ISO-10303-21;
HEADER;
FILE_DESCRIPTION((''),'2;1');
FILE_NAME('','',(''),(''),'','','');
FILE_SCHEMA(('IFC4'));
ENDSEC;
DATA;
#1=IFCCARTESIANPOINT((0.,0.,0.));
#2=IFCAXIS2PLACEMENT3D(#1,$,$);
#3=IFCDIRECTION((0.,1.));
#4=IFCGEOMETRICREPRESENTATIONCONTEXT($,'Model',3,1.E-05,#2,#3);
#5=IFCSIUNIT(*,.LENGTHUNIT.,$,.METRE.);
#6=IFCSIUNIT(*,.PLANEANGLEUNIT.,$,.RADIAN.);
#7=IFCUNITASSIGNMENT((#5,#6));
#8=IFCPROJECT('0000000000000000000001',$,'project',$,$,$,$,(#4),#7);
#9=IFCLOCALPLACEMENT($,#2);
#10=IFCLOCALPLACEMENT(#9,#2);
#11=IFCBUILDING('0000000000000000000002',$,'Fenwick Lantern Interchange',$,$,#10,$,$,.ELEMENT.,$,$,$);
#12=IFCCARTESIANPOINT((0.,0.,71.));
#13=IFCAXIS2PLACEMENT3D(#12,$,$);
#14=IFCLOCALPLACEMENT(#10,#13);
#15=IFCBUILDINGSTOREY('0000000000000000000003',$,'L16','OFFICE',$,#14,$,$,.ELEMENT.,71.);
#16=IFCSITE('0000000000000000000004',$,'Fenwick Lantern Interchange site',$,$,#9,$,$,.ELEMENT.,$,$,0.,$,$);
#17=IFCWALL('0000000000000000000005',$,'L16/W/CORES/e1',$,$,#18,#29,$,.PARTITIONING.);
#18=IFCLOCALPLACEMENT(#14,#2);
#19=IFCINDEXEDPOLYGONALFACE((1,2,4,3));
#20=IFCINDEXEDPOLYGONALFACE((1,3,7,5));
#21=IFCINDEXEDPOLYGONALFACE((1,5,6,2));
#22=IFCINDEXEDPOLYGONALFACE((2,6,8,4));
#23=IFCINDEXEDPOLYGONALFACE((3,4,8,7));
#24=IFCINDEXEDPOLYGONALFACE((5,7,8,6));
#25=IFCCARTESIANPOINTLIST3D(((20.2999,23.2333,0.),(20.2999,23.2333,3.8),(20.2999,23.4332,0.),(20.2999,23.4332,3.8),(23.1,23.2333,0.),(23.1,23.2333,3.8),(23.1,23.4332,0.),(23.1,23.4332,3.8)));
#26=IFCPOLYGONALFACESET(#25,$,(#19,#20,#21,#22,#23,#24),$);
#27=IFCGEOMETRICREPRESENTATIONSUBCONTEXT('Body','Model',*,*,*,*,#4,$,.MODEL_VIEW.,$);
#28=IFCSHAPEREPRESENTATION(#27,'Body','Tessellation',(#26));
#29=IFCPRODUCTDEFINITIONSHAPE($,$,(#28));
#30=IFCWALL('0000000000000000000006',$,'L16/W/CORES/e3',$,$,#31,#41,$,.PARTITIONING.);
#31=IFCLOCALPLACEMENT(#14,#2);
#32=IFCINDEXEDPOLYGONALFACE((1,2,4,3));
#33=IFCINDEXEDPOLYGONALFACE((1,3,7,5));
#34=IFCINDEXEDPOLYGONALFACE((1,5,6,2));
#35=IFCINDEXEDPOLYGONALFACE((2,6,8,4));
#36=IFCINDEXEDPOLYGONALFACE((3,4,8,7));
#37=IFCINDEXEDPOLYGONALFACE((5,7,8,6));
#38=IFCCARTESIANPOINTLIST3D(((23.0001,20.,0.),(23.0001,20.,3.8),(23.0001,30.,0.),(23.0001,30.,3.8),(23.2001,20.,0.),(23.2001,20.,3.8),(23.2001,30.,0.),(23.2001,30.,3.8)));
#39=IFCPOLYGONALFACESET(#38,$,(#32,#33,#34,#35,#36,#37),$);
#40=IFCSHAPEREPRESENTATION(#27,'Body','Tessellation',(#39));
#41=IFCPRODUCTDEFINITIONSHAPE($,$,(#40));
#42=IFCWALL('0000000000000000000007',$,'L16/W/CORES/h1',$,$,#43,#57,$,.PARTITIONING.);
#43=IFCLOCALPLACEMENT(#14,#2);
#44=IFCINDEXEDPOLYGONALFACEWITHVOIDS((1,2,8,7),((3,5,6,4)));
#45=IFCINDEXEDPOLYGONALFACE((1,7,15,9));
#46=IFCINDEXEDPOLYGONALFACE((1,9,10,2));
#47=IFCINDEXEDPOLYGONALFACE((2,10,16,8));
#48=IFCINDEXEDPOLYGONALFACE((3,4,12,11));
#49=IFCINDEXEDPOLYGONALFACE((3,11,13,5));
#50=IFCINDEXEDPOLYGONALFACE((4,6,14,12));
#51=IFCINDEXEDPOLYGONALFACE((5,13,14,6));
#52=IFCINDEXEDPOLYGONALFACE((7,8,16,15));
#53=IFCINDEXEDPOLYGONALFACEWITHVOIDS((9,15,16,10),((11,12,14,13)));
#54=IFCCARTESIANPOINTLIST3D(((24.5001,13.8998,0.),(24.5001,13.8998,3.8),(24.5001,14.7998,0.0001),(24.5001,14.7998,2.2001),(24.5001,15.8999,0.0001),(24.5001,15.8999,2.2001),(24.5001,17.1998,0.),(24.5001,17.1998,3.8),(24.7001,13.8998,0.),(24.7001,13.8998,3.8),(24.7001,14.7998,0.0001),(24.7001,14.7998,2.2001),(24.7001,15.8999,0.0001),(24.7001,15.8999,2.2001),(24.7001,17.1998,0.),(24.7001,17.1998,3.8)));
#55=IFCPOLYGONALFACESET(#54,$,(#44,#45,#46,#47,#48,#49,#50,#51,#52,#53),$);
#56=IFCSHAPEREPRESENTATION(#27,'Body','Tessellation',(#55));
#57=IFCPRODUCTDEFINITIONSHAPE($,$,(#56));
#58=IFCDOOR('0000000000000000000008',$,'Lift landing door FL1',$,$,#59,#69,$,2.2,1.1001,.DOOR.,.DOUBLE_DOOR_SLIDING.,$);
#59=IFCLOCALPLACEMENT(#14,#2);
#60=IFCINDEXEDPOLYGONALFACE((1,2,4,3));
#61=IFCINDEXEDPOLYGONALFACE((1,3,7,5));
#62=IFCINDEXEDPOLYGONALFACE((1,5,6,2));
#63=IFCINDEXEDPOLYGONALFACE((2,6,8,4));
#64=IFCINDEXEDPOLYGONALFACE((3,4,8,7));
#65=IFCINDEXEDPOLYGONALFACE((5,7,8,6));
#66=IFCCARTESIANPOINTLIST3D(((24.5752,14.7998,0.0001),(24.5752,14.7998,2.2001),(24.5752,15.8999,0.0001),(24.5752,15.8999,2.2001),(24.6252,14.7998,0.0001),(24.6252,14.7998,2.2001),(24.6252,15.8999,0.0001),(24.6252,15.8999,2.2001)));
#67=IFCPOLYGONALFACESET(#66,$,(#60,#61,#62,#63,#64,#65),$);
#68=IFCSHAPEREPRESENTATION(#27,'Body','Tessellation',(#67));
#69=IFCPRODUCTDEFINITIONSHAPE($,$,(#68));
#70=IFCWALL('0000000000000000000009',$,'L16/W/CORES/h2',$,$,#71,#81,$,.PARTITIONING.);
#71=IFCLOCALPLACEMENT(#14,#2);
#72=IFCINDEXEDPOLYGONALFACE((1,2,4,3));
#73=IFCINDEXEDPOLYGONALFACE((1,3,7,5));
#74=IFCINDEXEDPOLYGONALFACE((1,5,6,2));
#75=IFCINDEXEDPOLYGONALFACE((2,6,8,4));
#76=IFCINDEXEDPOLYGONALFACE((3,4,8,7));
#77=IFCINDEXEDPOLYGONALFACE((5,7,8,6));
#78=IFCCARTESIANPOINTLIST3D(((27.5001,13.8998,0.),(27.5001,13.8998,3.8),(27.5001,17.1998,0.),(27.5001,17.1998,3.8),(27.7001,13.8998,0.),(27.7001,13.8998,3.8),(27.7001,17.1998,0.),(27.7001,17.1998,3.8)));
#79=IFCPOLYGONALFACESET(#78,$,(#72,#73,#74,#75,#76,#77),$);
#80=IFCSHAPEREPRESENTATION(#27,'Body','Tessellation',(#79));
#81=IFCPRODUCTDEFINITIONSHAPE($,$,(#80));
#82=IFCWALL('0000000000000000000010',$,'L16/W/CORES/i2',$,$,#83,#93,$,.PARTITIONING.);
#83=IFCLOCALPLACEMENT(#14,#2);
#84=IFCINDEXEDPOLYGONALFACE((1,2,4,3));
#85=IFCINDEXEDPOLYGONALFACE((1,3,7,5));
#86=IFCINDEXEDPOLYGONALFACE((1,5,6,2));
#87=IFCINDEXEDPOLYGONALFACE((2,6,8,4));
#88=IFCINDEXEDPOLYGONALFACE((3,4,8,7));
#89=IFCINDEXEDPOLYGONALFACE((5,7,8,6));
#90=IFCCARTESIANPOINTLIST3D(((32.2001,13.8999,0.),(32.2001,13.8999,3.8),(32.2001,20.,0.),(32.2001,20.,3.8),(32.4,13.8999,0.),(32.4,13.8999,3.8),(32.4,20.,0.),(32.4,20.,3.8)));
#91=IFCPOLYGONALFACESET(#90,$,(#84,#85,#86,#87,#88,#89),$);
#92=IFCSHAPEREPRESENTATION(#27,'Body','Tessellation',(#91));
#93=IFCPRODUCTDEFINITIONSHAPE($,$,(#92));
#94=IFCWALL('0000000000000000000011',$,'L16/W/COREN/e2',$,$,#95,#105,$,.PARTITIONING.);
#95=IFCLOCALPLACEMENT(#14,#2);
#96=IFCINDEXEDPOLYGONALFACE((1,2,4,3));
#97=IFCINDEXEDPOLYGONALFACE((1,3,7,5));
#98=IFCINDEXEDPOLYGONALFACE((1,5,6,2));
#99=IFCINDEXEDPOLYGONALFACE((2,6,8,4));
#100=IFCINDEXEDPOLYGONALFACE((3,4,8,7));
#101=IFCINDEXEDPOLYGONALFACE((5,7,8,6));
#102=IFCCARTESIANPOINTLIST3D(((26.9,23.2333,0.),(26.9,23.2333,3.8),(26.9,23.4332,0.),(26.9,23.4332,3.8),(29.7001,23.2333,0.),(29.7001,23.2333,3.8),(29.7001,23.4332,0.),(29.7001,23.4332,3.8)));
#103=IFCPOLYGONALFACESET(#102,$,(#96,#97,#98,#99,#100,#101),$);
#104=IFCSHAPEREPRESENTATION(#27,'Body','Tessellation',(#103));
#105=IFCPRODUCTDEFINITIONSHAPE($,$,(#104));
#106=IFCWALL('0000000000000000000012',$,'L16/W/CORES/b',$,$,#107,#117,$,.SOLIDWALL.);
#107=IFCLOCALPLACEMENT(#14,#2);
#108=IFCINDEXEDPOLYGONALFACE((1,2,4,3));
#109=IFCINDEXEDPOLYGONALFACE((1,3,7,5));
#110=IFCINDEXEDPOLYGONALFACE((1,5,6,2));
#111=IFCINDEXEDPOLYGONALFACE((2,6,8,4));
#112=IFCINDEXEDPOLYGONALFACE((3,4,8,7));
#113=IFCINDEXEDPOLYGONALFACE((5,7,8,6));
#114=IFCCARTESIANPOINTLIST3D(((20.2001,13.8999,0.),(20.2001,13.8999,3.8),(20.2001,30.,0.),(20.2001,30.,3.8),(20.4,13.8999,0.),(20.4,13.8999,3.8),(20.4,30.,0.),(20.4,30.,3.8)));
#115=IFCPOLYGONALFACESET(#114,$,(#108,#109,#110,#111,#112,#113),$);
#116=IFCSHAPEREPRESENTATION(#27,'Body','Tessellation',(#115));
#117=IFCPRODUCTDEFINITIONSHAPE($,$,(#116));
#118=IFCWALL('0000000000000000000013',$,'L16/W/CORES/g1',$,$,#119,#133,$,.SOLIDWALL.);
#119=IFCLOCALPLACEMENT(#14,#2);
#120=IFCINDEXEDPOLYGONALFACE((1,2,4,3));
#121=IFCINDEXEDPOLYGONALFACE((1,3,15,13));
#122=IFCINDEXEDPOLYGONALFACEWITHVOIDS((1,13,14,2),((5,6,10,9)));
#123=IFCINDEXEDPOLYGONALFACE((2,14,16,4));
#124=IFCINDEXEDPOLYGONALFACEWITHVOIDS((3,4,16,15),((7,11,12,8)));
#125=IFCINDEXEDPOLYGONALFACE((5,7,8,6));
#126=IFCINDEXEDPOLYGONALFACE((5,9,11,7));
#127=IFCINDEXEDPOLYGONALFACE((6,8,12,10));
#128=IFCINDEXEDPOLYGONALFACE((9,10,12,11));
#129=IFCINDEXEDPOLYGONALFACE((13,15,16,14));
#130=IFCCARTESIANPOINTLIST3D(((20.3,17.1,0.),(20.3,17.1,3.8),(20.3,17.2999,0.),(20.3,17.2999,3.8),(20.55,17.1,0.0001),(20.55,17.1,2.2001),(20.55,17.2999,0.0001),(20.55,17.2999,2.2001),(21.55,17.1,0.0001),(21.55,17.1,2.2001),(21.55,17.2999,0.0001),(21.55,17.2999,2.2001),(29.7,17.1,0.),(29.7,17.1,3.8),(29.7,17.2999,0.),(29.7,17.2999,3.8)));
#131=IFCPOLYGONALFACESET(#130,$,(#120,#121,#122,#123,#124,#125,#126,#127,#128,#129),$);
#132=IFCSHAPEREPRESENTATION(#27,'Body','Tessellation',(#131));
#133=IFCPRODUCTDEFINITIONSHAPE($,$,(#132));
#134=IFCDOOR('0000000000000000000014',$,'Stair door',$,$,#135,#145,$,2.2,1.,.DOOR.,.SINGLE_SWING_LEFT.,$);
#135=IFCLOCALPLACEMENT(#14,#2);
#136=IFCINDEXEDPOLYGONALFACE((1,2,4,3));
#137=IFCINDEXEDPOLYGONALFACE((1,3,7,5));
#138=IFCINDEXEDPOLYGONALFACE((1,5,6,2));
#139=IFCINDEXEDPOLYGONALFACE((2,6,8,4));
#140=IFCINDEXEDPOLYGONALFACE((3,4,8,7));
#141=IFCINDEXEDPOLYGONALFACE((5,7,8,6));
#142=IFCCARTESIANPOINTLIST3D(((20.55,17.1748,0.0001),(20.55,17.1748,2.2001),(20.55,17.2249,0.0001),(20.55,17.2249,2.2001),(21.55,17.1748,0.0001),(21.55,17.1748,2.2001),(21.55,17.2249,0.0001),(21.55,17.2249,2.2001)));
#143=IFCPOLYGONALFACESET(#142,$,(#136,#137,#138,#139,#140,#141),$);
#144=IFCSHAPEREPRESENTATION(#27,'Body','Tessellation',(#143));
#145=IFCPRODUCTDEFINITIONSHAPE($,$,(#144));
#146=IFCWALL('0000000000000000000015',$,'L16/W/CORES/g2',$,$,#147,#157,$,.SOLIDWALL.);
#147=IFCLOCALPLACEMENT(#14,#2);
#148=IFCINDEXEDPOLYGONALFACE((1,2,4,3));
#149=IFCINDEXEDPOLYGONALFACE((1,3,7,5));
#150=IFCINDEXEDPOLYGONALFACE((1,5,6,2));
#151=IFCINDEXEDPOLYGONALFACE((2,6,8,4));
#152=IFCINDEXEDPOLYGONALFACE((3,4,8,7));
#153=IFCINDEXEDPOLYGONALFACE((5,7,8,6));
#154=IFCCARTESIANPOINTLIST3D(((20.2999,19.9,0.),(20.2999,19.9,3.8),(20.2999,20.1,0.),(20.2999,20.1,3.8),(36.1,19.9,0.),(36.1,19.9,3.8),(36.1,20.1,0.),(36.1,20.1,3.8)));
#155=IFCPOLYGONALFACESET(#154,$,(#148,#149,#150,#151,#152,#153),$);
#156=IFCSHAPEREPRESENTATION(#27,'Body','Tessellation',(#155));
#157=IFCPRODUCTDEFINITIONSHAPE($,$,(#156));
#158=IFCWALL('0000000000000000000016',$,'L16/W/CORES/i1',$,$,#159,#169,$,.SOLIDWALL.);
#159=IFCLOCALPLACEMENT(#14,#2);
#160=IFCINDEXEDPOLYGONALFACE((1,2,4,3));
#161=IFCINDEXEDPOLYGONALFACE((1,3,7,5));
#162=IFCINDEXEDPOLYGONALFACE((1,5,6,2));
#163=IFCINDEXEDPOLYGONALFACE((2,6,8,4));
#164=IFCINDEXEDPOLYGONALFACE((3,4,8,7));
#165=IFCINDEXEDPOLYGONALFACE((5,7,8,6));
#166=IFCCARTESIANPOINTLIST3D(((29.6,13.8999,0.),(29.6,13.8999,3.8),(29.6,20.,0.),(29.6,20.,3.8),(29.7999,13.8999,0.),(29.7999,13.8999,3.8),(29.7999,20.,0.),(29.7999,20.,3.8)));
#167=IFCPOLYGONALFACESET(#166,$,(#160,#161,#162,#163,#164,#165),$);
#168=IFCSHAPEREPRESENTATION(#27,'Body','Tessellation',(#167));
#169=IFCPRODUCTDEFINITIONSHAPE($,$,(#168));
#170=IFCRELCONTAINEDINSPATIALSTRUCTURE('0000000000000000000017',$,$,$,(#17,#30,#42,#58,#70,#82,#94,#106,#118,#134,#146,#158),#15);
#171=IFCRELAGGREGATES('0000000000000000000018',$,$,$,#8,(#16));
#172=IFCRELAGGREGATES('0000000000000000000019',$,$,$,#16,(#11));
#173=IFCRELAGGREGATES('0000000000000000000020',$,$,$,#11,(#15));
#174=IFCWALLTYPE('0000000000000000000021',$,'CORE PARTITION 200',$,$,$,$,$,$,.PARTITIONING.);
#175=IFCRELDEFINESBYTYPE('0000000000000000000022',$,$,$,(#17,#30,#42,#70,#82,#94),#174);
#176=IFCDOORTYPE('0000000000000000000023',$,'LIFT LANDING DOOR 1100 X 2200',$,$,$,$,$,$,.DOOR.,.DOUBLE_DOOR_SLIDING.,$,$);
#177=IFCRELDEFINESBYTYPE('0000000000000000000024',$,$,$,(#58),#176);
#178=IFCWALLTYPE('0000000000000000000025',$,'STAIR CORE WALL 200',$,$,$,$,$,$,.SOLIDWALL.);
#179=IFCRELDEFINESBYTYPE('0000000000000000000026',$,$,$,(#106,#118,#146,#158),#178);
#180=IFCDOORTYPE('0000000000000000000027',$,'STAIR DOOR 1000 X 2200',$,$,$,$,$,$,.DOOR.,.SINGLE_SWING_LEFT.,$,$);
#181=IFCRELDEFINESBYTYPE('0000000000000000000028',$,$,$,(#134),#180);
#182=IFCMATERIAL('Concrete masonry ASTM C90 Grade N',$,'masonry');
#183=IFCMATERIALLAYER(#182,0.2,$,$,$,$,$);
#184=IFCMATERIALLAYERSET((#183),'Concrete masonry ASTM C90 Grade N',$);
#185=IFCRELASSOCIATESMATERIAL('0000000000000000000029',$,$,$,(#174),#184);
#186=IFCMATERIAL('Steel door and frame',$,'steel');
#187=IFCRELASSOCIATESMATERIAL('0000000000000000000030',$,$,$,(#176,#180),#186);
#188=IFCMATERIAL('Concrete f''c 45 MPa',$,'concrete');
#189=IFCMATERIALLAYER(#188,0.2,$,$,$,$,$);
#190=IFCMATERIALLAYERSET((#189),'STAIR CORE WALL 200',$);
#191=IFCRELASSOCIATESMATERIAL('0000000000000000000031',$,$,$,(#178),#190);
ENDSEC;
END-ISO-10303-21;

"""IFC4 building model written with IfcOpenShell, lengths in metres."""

from ifc_helpers import new_model, si_unit, direction, frame, frame_2d, origin, place, context, subcontext, project, spatial, rectangle, extrude, material, layer, layer_set, type_object, element, fill, save


model = new_model("IFC4")

# Units and contexts
model_context = context("Model", 3, precision=1e-05, world=origin(), true_north=direction((0.0, 1.0)))
body_context = subcontext(model_context, "Body", "Model", "MODEL_VIEW")
ifc_project = project(units=[si_unit("LENGTHUNIT", "METRE"), si_unit("PLANEANGLEUNIT", "RADIAN")], contexts=[model_context])

# Site, building, storey
site_placement = place(None, origin())
site = spatial("IfcSite", under=ifc_project, at=site_placement, Name="Fenwick Lantern Interchange site", CompositionType="ELEMENT", RefElevation=0.0)
building_placement = place(site_placement, origin())
building = spatial("IfcBuilding", under=site, at=building_placement, Name="Fenwick Lantern Interchange", CompositionType="ELEMENT")
storey_placement = place(building_placement, frame((0.0, 0.0, 71.0)))
storey = spatial("IfcBuildingStorey", under=building, at=storey_placement, Name="L16", Description="OFFICE", CompositionType="ELEMENT", Elevation=71.0)

# Walls
ifc_material_1 = material(Name="Concrete masonry ASTM C90 Grade N", Category="masonry")
ifc_layer_1 = layer(ifc_material_1, 0.2)
ifc_layer_set_1 = layer_set([ifc_layer_1], Name="Concrete masonry ASTM C90 Grade N")
wall_type_1 = type_object("IfcWallType", Name="CORE PARTITION 200", PredefinedType="PARTITIONING", material=ifc_layer_set_1)
wall_1_placement = place(storey_placement, frame((20.3, 23.3333, 0.0), z_axis=(0.0, 0.0, 1.0), x_axis=(1.0, 0.0, 0.0)))
element("IfcWall", 1, at=wall_1_placement, inside=storey, type_object=wall_type_1, Name="L16/W/CORES/e1", PredefinedType="PARTITIONING", context=body_context, shape_type="SweptSolid", body=[
    extrude(rectangle(XDim=2.8, YDim=0.2, at=frame_2d((1.3999, 0.0))), origin(), (0.0, 0.0, 1.0), 3.8),
])
wall_2_placement = place(storey_placement, frame((23.1001, 20.0, 0.0), z_axis=(0.0, 0.0, 1.0), x_axis=(0.0, 1.0, 0.0)))
element("IfcWall", 2, at=wall_2_placement, inside=storey, type_object=wall_type_1, Name="L16/W/CORES/e3", PredefinedType="PARTITIONING", context=body_context, shape_type="SweptSolid", body=[
    extrude(rectangle(XDim=10.0, YDim=0.2, at=frame_2d((5.0, 0.0))), origin(), (0.0, 0.0, 1.0), 3.8),
])

# Wall, opening, door
wall_3_placement = place(storey_placement, frame((24.6001, 13.8999, 0.0), z_axis=(0.0, 0.0, 1.0), x_axis=(0.0, 1.0, 0.0)))
wall_3 = element("IfcWall", 3, at=wall_3_placement, inside=storey, type_object=wall_type_1, Name="L16/W/CORES/h1", PredefinedType="PARTITIONING", context=body_context, shape_type="SweptSolid", body=[
    extrude(rectangle(XDim=3.3, YDim=0.2, at=frame_2d((1.6499, 0.0))), origin(), (0.0, 0.0, 1.0), 3.8),
])
opening_1_placement = place(wall_3_placement, frame((0.8999, 0.0, 0.0)))
opening_1 = element("IfcOpeningElement", 4, at=opening_1_placement, cuts=wall_3, PredefinedType="OPENING", context=body_context, shape_type="SweptSolid", body=[
    extrude(rectangle(XDim=1.1001, YDim=2.2, at=frame_2d((0.55, 1.1001))), frame((0.0, 0.1099, 0.0), z_axis=(0.0, -1.0, 0.0), x_axis=(1.0, 0.0, 0.0)), (0.0, 0.0, 1.0), 0.22),
])
ifc_material_2 = material(Name="Steel door and frame", Category="steel")
door_type_1 = type_object("IfcDoorType", Name="LIFT LANDING DOOR 1100 X 2200", OperationType="DOUBLE_DOOR_SLIDING", PredefinedType="DOOR", material=ifc_material_2)
door_1_placement = place(opening_1_placement, origin())
door_1 = element("IfcDoor", 5, at=door_1_placement, inside=storey, type_object=door_type_1, Name="Lift landing door FL1", OperationType="DOUBLE_DOOR_SLIDING", OverallHeight=2.2, OverallWidth=1.1001, PredefinedType="DOOR", context=body_context, shape_type="SweptSolid", body=[
    extrude(rectangle(XDim=1.1001, YDim=2.2, at=frame_2d((0.55, 1.1001))), frame((0.0, 0.0249, 0.0), z_axis=(0.0, -1.0, 0.0), x_axis=(1.0, 0.0, 0.0)), (0.0, 0.0, 1.0), 0.05),
])
fill(opening_1, door_1)

# Walls
wall_4_placement = place(storey_placement, frame((27.6001, 13.8999, 0.0), z_axis=(0.0, 0.0, 1.0), x_axis=(0.0, 1.0, 0.0)))
element("IfcWall", 6, at=wall_4_placement, inside=storey, type_object=wall_type_1, Name="L16/W/CORES/h2", PredefinedType="PARTITIONING", context=body_context, shape_type="SweptSolid", body=[
    extrude(rectangle(XDim=3.3, YDim=0.2, at=frame_2d((1.6499, 0.0))), origin(), (0.0, 0.0, 1.0), 3.8),
])
wall_5_placement = place(storey_placement, frame((32.3, 13.8999, 0.0), z_axis=(0.0, 0.0, 1.0), x_axis=(0.0, 1.0, 0.0)))
element("IfcWall", 7, at=wall_5_placement, inside=storey, type_object=wall_type_1, Name="L16/W/CORES/i2", PredefinedType="PARTITIONING", context=body_context, shape_type="SweptSolid", body=[
    extrude(rectangle(XDim=6.1001, YDim=0.2, at=frame_2d((3.05, 0.0))), origin(), (0.0, 0.0, 1.0), 3.8),
])
wall_6_placement = place(storey_placement, frame((29.7, 23.3333, 0.0), z_axis=(0.0, 0.0, 1.0), x_axis=(-1.0, 0.0, 0.0)))
element("IfcWall", 8, at=wall_6_placement, inside=storey, type_object=wall_type_1, Name="L16/W/COREN/e2", PredefinedType="PARTITIONING", context=body_context, shape_type="SweptSolid", body=[
    extrude(rectangle(XDim=2.8, YDim=0.2, at=frame_2d((1.3999, 0.0))), origin(), (0.0, 0.0, 1.0), 3.8),
])
ifc_material_3 = material(Name="Concrete f'c 45 MPa", Category="concrete")
ifc_layer_2 = layer(ifc_material_3, 0.2)
ifc_layer_set_2 = layer_set([ifc_layer_2], Name="STAIR CORE WALL 200")
wall_type_2 = type_object("IfcWallType", Name="STAIR CORE WALL 200", PredefinedType="SOLIDWALL", material=ifc_layer_set_2)
wall_7_placement = place(storey_placement, frame((20.3, 13.8999, 0.0), z_axis=(0.0, 0.0, 1.0), x_axis=(0.0, 1.0, 0.0)))
element("IfcWall", 9, at=wall_7_placement, inside=storey, type_object=wall_type_2, Name="L16/W/CORES/b", PredefinedType="SOLIDWALL", context=body_context, shape_type="SweptSolid", body=[
    extrude(rectangle(XDim=16.1001, YDim=0.2, at=frame_2d((8.05, 0.0))), origin(), (0.0, 0.0, 1.0), 3.8),
])

# Wall, opening, door
wall_8_placement = place(storey_placement, frame((20.3, 17.2, 0.0), z_axis=(0.0, 0.0, 1.0), x_axis=(1.0, 0.0, 0.0)))
wall_8 = element("IfcWall", 10, at=wall_8_placement, inside=storey, type_object=wall_type_2, Name="L16/W/CORES/g1", PredefinedType="SOLIDWALL", context=body_context, shape_type="SweptSolid", body=[
    extrude(rectangle(XDim=9.3999, YDim=0.2, at=frame_2d((4.7, 0.0))), origin(), (0.0, 0.0, 1.0), 3.8),
])
opening_2_placement = place(wall_8_placement, frame((0.25, 0.0, 0.0)))
opening_2 = element("IfcOpeningElement", 11, at=opening_2_placement, cuts=wall_8, PredefinedType="OPENING", context=body_context, shape_type="SweptSolid", body=[
    extrude(rectangle(XDim=1.0, YDim=2.2, at=frame_2d((0.5, 1.1001))), frame((0.0, 0.1099, 0.0), z_axis=(0.0, -1.0, 0.0), x_axis=(1.0, 0.0, 0.0)), (0.0, 0.0, 1.0), 0.22),
])
door_type_2 = type_object("IfcDoorType", Name="STAIR DOOR 1000 X 2200", OperationType="SINGLE_SWING_LEFT", PredefinedType="DOOR", material=ifc_material_2)
door_2_placement = place(opening_2_placement, origin())
door_2 = element("IfcDoor", 12, at=door_2_placement, inside=storey, type_object=door_type_2, Name="Stair door", OperationType="SINGLE_SWING_LEFT", OverallHeight=2.2, OverallWidth=1.0, PredefinedType="DOOR", context=body_context, shape_type="SweptSolid", body=[
    extrude(rectangle(XDim=1.0, YDim=2.2, at=frame_2d((0.5, 1.1001))), frame((0.0, 0.0249, 0.0), z_axis=(0.0, -1.0, 0.0), x_axis=(1.0, 0.0, 0.0)), (0.0, 0.0, 1.0), 0.05),
])
fill(opening_2, door_2)

# Walls
wall_9_placement = place(storey_placement, frame((20.3, 20.0, 0.0), z_axis=(0.0, 0.0, 1.0), x_axis=(1.0, 0.0, 0.0)))
element("IfcWall", 13, at=wall_9_placement, inside=storey, type_object=wall_type_2, Name="L16/W/CORES/g2", PredefinedType="SOLIDWALL", context=body_context, shape_type="SweptSolid", body=[
    extrude(rectangle(XDim=15.8, YDim=0.2, at=frame_2d((7.8999, 0.0))), origin(), (0.0, 0.0, 1.0), 3.8),
])
wall_10_placement = place(storey_placement, frame((29.7, 13.8999, 0.0), z_axis=(0.0, 0.0, 1.0), x_axis=(0.0, 1.0, 0.0)))
element("IfcWall", 14, at=wall_10_placement, inside=storey, type_object=wall_type_2, Name="L16/W/CORES/i1", PredefinedType="SOLIDWALL", context=body_context, shape_type="SweptSolid", body=[
    extrude(rectangle(XDim=6.1001, YDim=0.2, at=frame_2d((3.05, 0.0))), origin(), (0.0, 0.0, 1.0), 3.8),
])

save(model, "model.ifc")
